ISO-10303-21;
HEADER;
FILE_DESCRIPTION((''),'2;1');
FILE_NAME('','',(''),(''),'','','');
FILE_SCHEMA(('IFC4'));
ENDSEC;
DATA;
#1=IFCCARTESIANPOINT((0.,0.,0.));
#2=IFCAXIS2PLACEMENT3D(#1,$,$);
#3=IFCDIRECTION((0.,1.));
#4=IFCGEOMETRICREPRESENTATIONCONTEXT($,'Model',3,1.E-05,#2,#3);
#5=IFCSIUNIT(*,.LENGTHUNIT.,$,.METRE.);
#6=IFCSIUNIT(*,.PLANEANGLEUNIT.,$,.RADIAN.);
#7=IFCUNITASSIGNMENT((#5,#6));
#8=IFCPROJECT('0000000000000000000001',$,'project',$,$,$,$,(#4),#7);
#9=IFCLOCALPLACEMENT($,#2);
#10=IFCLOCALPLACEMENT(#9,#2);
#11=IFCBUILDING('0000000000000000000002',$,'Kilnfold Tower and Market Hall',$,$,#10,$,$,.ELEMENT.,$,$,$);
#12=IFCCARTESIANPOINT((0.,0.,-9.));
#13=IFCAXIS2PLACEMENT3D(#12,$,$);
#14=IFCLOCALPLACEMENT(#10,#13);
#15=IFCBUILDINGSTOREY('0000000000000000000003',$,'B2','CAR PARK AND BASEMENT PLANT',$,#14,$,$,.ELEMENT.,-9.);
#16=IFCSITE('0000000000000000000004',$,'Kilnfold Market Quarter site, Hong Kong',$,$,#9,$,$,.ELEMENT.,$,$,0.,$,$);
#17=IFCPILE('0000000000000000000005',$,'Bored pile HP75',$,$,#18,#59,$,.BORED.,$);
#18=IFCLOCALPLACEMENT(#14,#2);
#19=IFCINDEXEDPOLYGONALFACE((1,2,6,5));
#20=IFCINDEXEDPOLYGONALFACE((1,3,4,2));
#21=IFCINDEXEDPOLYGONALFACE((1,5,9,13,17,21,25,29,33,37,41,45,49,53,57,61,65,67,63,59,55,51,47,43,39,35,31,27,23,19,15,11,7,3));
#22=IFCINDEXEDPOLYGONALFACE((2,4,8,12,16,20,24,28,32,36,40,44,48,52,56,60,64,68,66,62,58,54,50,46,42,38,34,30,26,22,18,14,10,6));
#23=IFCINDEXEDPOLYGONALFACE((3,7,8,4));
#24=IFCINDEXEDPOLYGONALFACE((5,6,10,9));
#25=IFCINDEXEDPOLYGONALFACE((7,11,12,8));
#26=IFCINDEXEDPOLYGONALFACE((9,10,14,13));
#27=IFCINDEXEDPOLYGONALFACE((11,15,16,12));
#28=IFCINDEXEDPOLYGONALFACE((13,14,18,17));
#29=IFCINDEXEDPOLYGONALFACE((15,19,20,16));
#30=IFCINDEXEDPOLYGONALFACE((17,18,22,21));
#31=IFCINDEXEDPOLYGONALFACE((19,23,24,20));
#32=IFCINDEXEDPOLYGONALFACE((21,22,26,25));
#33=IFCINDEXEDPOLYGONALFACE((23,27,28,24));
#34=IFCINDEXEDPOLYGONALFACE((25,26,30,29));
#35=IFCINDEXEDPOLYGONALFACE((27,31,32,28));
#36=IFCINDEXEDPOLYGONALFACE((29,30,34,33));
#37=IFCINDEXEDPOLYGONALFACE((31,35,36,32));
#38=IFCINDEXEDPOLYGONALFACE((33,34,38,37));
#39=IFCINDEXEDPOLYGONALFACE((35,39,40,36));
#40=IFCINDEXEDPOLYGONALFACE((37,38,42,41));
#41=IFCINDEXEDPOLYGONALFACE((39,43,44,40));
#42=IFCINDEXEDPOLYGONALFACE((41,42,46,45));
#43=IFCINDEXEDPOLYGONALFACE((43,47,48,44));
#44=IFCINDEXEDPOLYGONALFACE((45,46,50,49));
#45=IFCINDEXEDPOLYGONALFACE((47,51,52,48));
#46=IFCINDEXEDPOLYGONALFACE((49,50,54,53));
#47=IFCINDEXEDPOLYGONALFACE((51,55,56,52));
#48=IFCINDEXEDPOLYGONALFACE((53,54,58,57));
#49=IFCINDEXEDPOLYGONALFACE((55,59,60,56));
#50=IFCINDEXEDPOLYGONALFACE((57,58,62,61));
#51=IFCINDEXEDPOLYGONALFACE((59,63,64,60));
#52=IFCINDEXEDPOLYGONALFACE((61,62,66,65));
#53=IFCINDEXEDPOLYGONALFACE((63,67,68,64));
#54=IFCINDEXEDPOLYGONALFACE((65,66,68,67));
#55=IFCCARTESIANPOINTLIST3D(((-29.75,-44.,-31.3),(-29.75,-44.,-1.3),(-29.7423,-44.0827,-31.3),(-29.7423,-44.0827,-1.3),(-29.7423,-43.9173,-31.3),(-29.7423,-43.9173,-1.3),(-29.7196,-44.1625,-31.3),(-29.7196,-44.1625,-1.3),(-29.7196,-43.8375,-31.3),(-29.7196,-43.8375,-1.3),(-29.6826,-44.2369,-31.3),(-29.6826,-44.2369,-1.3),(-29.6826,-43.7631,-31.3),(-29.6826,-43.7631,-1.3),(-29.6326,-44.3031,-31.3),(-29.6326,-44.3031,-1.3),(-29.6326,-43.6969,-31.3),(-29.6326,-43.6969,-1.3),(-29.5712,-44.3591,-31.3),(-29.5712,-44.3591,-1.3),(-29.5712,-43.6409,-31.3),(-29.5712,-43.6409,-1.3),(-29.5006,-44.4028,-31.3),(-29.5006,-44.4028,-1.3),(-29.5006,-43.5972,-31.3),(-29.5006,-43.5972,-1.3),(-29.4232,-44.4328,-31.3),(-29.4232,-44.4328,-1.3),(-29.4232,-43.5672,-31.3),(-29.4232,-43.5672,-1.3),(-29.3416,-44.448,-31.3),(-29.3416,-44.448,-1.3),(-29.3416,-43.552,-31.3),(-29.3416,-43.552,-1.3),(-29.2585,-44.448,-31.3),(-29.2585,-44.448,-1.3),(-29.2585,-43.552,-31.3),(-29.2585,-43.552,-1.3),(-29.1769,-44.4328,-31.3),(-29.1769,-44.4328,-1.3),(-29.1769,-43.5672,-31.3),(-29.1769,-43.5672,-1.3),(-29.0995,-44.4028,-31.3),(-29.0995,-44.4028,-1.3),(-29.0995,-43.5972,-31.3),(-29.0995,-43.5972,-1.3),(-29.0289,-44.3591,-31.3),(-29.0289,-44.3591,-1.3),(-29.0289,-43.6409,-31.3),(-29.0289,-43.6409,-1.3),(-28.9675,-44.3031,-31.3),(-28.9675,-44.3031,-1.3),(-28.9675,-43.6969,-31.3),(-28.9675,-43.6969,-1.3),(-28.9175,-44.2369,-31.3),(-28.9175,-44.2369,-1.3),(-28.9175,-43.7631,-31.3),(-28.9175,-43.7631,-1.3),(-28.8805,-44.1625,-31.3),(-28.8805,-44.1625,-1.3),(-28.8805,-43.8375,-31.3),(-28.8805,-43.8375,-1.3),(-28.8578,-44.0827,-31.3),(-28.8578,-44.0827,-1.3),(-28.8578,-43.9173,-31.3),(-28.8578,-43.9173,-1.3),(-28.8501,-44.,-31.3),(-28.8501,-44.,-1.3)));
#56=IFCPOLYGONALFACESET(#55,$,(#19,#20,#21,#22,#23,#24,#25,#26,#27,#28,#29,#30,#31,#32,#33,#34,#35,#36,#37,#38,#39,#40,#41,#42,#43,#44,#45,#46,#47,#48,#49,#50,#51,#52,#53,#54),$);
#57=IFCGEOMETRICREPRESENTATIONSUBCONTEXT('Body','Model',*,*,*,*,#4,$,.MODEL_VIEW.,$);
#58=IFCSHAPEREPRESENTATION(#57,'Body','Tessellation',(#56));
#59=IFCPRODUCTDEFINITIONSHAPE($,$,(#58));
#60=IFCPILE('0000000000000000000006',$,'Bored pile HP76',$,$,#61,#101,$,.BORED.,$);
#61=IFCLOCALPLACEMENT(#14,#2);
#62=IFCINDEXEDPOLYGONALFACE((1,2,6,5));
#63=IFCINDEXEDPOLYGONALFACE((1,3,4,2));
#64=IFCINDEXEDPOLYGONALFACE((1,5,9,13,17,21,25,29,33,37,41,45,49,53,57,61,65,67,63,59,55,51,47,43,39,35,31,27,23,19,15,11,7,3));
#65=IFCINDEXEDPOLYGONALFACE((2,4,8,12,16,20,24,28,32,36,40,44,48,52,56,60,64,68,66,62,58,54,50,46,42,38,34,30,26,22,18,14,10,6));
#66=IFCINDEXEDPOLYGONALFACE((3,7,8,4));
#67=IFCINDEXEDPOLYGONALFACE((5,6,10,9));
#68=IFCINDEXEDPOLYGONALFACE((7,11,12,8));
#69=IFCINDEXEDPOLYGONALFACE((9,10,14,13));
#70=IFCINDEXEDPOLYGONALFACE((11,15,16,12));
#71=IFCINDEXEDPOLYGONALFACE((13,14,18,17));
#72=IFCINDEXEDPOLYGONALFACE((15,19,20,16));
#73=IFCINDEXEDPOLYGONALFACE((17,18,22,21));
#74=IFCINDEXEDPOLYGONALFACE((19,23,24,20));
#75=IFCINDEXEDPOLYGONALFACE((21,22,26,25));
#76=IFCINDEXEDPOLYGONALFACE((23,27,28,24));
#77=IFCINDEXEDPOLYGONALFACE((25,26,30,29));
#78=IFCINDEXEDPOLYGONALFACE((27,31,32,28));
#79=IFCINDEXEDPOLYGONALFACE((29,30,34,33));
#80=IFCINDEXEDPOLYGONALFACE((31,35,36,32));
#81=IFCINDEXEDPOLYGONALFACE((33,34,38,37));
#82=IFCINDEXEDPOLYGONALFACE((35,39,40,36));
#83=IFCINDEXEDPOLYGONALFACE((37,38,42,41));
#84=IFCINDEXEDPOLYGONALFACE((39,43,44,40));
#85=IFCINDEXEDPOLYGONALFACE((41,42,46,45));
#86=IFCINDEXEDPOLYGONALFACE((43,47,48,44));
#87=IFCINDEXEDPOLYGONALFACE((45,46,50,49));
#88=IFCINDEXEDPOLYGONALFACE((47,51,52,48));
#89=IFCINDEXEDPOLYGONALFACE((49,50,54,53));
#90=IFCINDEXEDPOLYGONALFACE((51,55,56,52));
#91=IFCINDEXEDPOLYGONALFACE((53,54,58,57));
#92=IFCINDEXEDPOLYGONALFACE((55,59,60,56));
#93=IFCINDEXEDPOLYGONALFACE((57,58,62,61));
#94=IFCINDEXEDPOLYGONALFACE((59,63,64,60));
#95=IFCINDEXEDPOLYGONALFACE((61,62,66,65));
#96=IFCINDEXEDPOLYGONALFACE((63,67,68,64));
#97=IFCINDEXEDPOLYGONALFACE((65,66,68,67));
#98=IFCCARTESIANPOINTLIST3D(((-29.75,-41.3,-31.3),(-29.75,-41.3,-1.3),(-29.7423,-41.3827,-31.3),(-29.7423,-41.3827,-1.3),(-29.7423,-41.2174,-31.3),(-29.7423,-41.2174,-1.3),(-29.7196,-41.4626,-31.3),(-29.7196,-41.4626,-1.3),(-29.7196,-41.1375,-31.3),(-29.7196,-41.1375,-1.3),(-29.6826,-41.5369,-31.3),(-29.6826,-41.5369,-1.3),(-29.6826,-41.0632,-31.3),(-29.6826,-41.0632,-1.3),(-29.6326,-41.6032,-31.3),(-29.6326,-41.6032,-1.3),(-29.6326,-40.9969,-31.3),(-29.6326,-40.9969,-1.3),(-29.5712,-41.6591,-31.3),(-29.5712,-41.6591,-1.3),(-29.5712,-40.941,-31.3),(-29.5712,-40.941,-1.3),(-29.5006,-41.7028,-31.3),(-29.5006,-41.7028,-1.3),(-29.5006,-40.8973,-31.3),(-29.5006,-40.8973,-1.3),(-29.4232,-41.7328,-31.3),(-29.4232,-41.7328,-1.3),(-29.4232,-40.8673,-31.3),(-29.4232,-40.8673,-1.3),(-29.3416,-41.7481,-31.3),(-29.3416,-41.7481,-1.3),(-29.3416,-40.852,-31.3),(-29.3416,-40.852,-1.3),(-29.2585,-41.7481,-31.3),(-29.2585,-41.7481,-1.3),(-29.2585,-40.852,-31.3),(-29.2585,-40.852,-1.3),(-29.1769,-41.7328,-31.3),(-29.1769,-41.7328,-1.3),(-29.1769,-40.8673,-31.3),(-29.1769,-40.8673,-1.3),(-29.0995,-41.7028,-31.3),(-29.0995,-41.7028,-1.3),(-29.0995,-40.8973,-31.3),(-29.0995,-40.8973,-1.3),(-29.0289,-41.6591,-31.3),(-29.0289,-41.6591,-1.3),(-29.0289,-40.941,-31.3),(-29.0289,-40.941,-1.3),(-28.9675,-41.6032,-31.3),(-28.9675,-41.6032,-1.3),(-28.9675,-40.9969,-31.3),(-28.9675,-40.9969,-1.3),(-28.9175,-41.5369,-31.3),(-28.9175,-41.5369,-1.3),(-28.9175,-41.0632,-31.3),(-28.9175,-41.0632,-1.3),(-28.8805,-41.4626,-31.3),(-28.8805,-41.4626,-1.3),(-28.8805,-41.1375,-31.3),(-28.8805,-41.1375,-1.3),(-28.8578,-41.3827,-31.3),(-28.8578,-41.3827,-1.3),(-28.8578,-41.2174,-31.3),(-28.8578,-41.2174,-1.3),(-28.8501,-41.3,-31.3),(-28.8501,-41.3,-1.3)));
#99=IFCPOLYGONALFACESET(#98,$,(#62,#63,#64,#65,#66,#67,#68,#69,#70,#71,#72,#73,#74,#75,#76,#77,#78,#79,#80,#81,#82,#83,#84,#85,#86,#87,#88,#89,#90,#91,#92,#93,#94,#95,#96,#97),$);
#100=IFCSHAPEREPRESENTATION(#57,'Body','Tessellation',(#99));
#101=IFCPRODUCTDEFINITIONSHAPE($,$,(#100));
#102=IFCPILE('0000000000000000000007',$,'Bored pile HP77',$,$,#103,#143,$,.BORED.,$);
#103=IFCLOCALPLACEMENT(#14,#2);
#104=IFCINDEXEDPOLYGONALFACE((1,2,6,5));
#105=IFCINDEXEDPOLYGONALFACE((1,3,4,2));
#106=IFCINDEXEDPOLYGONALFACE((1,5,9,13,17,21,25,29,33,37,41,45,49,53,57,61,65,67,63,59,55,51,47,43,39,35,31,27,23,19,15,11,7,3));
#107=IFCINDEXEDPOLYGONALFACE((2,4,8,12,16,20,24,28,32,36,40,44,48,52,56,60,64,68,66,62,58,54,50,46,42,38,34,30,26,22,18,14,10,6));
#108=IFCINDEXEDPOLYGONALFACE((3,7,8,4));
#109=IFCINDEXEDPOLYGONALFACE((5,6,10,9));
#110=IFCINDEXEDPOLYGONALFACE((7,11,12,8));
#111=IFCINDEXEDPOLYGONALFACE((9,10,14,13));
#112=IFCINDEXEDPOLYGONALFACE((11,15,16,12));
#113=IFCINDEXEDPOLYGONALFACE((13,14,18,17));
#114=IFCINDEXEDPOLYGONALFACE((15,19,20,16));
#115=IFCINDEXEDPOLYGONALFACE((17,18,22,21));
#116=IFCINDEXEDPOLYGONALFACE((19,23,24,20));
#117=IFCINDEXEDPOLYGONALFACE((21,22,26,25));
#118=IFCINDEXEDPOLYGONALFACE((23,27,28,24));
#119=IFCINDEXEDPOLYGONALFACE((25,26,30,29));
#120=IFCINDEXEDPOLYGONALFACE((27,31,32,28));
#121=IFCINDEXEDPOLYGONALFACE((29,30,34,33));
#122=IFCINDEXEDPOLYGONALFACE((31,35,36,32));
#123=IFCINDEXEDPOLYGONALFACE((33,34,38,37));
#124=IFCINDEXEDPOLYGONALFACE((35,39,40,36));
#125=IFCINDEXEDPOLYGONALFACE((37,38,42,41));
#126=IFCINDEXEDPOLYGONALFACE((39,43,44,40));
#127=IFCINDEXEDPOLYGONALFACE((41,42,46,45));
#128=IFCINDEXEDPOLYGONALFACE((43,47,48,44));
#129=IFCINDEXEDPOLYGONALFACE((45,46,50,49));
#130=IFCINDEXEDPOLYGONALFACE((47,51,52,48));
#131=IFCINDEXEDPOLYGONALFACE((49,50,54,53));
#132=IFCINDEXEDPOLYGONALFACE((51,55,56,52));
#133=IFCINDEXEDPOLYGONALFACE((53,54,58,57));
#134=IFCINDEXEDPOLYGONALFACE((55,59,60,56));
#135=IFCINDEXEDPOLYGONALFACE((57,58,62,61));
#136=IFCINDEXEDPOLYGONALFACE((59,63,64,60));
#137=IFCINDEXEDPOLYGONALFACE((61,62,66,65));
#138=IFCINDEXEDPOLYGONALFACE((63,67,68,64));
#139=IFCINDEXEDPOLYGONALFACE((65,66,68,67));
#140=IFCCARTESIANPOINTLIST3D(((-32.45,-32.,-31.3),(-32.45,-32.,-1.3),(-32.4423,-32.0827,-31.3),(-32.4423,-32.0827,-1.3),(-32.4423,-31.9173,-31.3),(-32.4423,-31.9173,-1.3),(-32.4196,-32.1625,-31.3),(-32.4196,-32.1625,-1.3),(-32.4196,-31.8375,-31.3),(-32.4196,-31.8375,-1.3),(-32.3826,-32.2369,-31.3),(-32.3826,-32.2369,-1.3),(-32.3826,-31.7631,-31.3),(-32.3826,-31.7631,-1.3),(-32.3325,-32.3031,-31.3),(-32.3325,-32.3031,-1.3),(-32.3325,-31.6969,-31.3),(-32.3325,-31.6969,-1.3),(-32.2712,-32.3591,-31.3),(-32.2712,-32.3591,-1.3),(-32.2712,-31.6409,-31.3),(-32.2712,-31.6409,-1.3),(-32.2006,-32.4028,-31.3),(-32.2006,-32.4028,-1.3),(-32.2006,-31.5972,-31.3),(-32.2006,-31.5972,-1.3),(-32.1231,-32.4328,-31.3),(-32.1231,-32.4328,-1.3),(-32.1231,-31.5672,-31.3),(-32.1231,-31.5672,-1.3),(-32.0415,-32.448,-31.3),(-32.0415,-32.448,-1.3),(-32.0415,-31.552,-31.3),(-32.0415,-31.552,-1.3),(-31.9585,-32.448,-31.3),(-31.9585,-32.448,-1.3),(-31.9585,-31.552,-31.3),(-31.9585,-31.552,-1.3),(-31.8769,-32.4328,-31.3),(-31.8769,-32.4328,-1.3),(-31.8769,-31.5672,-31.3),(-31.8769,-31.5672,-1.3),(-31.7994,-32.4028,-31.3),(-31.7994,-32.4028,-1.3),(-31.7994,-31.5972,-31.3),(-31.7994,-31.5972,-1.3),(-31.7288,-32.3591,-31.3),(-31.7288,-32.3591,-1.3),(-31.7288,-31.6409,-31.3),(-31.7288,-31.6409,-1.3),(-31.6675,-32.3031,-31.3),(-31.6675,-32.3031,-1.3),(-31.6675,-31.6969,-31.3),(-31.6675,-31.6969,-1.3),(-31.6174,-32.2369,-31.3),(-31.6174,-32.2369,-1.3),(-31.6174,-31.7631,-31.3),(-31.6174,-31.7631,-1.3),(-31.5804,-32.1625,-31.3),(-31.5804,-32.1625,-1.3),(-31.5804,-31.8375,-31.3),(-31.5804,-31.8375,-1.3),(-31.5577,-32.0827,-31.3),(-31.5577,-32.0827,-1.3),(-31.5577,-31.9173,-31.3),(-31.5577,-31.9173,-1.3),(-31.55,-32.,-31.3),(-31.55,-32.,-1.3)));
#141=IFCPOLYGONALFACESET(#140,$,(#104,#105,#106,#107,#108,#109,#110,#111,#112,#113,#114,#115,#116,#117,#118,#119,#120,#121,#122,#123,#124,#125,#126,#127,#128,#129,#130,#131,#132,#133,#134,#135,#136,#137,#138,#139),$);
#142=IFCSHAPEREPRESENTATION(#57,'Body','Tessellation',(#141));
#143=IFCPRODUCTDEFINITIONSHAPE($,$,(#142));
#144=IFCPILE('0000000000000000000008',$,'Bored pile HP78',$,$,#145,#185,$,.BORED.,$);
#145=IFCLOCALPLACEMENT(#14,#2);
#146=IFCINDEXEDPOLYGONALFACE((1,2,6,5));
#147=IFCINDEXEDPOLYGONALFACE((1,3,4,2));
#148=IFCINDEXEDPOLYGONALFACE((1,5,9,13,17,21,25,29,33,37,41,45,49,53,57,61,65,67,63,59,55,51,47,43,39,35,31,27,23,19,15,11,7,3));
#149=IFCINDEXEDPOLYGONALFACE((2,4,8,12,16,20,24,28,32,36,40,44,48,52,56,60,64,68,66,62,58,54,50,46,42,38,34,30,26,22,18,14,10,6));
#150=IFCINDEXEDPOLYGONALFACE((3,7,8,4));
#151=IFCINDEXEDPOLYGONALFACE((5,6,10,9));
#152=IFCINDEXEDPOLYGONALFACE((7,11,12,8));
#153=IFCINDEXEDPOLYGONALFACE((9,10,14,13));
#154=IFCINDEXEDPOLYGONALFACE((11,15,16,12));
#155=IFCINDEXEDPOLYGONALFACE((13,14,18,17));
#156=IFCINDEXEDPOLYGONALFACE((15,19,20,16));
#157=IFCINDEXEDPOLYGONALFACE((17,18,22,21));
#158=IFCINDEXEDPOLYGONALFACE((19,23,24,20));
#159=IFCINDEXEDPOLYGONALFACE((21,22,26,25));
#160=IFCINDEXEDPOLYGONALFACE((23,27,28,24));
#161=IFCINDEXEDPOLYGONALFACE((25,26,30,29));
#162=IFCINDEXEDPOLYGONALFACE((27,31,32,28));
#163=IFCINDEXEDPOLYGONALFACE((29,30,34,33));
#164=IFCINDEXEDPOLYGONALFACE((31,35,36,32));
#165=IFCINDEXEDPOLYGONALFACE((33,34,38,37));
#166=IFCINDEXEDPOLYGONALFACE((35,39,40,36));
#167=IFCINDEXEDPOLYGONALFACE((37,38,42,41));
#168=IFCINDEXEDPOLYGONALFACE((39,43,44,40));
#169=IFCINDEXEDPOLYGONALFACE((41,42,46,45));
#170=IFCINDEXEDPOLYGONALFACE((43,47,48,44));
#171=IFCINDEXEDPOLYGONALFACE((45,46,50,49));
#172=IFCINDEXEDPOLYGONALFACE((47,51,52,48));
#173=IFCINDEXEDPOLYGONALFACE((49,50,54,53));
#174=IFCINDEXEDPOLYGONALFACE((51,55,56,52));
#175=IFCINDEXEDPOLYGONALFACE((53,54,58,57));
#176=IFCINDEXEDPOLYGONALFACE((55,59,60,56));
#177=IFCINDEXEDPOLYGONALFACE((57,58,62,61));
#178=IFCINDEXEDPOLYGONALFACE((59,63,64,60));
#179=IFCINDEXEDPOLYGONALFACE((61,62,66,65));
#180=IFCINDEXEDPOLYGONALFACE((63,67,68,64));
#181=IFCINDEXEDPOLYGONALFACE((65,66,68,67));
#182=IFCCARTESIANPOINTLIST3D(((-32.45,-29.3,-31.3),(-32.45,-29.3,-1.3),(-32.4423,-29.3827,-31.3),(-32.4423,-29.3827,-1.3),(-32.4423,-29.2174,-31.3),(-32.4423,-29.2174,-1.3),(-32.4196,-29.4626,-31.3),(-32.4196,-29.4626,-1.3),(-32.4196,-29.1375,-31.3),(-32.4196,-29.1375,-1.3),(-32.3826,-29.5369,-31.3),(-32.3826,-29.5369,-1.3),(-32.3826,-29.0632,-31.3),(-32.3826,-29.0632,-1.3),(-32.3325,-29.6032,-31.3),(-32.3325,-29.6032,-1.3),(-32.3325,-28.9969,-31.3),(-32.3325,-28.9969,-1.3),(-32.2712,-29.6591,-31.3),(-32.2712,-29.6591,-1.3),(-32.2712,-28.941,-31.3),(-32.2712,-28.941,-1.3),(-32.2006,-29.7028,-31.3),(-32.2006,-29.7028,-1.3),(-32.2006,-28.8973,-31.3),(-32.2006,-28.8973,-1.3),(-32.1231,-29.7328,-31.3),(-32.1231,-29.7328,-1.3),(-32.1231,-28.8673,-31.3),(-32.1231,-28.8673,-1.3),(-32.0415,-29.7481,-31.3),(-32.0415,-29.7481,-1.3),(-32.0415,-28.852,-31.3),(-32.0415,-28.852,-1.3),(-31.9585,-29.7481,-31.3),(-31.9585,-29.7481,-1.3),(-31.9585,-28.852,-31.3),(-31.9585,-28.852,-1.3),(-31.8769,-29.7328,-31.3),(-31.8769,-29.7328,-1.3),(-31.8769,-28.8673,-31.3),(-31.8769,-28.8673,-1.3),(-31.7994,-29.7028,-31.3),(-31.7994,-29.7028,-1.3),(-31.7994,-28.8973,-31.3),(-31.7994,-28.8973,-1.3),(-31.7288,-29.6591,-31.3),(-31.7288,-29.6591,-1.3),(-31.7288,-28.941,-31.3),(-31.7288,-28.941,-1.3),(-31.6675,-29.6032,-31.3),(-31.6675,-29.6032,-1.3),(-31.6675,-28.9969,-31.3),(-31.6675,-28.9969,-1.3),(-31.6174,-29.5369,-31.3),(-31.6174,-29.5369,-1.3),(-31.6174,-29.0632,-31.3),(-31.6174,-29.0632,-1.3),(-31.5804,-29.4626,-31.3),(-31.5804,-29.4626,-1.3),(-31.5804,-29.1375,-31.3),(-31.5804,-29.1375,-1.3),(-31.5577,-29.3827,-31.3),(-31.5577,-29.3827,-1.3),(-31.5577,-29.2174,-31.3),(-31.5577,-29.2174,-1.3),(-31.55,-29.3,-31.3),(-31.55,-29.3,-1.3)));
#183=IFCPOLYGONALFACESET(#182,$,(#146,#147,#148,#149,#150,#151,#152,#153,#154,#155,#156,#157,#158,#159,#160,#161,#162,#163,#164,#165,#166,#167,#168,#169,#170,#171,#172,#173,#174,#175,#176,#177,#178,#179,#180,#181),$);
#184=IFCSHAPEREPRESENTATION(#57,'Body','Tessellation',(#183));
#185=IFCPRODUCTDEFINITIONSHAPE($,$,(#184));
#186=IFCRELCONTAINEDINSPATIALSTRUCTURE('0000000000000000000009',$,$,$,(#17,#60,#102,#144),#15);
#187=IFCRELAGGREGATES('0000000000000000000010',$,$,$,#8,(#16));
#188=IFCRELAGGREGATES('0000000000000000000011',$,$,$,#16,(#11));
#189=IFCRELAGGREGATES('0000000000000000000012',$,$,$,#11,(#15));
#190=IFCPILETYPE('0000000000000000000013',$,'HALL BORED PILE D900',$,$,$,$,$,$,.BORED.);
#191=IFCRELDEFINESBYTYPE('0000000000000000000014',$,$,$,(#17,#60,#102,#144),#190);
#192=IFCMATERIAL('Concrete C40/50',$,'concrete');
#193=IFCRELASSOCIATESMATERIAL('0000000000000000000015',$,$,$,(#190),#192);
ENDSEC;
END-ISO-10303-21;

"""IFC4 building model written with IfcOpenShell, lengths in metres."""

from ifc_helpers import new_model, si_unit, direction, frame, origin, origin_2d, place, context, subcontext, project, spatial, circle, extrude, source, transform, mapped, material, material_profile, profile_set, type_object, element, save


model = new_model("IFC4")

# Units and contexts
model_context = context("Model", 3, precision=1e-05, world=origin(), true_north=direction((0.0, 1.0)))
body_context = subcontext(model_context, "Body", "Model", "MODEL_VIEW")
ifc_project = project(units=[si_unit("LENGTHUNIT", "METRE"), si_unit("PLANEANGLEUNIT", "RADIAN")], contexts=[model_context])

# Site, building, storey
site_placement = place(None, origin())
site = spatial("IfcSite", under=ifc_project, at=site_placement, Name="Kilnfold Market Quarter site, Hong Kong", CompositionType="ELEMENT", RefElevation=0.0)
building_placement = place(site_placement, origin())
building = spatial("IfcBuilding", under=site, at=building_placement, Name="Kilnfold Tower and Market Hall", CompositionType="ELEMENT")
storey_placement = place(building_placement, frame((0.0, 0.0, -9.0)))
storey = spatial("IfcBuildingStorey", under=building, at=storey_placement, Name="B2", Description="CAR PARK AND BASEMENT PLANT", CompositionType="ELEMENT", Elevation=-9.0)

# Piles
ifc_material_1 = material(Name="Concrete C40/50", Category="concrete")
ifc_material_profile_1 = material_profile(ifc_material_1, circle(Radius=0.45, at=origin_2d()), Name="D900")
ifc_profile_set_1 = profile_set([ifc_material_profile_1], Name="Concrete C40/50")
pile_type = type_object("IfcPileType", Name="HALL BORED PILE D900", PredefinedType="BORED", material=ifc_profile_set_1)
shared_shape_1 = source(origin(), body_context, "Body", "SweptSolid", [
    extrude(circle(Radius=0.45, at=origin_2d()), origin(), (0.0, 0.0, 1.0), 30.0),
])
for number, where, z_axis, x_axis, name in (
    (1, (-29.3, -44.0, -1.3), (0.0, 0.0, -1.0), (1.0, 0.0, 0.0), "Bored pile HP75"),
    (2, (-29.3, -41.3, -1.3), (0.0, 0.0, -1.0), (1.0, 0.0, 0.0), "Bored pile HP76"),
    (3, (-32.0, -32.0, -1.3), (0.0, 0.0, -1.0), (1.0, 0.0, 0.0), "Bored pile HP77"),
    (4, (-32.0, -29.3, -1.3), (0.0, 0.0, -1.0), (1.0, 0.0, 0.0), "Bored pile HP78"),
):
    element("IfcPile", number, at=place(storey_placement, frame(where, z_axis=z_axis, x_axis=x_axis)), inside=storey, type_object=pile_type, Name=name, PredefinedType="BORED", context=body_context, shape_type="MappedRepresentation", body=[
        mapped(shared_shape_1, transform((0.0, 0.0, 0.0))),
    ])

save(model, "model.ifc")
